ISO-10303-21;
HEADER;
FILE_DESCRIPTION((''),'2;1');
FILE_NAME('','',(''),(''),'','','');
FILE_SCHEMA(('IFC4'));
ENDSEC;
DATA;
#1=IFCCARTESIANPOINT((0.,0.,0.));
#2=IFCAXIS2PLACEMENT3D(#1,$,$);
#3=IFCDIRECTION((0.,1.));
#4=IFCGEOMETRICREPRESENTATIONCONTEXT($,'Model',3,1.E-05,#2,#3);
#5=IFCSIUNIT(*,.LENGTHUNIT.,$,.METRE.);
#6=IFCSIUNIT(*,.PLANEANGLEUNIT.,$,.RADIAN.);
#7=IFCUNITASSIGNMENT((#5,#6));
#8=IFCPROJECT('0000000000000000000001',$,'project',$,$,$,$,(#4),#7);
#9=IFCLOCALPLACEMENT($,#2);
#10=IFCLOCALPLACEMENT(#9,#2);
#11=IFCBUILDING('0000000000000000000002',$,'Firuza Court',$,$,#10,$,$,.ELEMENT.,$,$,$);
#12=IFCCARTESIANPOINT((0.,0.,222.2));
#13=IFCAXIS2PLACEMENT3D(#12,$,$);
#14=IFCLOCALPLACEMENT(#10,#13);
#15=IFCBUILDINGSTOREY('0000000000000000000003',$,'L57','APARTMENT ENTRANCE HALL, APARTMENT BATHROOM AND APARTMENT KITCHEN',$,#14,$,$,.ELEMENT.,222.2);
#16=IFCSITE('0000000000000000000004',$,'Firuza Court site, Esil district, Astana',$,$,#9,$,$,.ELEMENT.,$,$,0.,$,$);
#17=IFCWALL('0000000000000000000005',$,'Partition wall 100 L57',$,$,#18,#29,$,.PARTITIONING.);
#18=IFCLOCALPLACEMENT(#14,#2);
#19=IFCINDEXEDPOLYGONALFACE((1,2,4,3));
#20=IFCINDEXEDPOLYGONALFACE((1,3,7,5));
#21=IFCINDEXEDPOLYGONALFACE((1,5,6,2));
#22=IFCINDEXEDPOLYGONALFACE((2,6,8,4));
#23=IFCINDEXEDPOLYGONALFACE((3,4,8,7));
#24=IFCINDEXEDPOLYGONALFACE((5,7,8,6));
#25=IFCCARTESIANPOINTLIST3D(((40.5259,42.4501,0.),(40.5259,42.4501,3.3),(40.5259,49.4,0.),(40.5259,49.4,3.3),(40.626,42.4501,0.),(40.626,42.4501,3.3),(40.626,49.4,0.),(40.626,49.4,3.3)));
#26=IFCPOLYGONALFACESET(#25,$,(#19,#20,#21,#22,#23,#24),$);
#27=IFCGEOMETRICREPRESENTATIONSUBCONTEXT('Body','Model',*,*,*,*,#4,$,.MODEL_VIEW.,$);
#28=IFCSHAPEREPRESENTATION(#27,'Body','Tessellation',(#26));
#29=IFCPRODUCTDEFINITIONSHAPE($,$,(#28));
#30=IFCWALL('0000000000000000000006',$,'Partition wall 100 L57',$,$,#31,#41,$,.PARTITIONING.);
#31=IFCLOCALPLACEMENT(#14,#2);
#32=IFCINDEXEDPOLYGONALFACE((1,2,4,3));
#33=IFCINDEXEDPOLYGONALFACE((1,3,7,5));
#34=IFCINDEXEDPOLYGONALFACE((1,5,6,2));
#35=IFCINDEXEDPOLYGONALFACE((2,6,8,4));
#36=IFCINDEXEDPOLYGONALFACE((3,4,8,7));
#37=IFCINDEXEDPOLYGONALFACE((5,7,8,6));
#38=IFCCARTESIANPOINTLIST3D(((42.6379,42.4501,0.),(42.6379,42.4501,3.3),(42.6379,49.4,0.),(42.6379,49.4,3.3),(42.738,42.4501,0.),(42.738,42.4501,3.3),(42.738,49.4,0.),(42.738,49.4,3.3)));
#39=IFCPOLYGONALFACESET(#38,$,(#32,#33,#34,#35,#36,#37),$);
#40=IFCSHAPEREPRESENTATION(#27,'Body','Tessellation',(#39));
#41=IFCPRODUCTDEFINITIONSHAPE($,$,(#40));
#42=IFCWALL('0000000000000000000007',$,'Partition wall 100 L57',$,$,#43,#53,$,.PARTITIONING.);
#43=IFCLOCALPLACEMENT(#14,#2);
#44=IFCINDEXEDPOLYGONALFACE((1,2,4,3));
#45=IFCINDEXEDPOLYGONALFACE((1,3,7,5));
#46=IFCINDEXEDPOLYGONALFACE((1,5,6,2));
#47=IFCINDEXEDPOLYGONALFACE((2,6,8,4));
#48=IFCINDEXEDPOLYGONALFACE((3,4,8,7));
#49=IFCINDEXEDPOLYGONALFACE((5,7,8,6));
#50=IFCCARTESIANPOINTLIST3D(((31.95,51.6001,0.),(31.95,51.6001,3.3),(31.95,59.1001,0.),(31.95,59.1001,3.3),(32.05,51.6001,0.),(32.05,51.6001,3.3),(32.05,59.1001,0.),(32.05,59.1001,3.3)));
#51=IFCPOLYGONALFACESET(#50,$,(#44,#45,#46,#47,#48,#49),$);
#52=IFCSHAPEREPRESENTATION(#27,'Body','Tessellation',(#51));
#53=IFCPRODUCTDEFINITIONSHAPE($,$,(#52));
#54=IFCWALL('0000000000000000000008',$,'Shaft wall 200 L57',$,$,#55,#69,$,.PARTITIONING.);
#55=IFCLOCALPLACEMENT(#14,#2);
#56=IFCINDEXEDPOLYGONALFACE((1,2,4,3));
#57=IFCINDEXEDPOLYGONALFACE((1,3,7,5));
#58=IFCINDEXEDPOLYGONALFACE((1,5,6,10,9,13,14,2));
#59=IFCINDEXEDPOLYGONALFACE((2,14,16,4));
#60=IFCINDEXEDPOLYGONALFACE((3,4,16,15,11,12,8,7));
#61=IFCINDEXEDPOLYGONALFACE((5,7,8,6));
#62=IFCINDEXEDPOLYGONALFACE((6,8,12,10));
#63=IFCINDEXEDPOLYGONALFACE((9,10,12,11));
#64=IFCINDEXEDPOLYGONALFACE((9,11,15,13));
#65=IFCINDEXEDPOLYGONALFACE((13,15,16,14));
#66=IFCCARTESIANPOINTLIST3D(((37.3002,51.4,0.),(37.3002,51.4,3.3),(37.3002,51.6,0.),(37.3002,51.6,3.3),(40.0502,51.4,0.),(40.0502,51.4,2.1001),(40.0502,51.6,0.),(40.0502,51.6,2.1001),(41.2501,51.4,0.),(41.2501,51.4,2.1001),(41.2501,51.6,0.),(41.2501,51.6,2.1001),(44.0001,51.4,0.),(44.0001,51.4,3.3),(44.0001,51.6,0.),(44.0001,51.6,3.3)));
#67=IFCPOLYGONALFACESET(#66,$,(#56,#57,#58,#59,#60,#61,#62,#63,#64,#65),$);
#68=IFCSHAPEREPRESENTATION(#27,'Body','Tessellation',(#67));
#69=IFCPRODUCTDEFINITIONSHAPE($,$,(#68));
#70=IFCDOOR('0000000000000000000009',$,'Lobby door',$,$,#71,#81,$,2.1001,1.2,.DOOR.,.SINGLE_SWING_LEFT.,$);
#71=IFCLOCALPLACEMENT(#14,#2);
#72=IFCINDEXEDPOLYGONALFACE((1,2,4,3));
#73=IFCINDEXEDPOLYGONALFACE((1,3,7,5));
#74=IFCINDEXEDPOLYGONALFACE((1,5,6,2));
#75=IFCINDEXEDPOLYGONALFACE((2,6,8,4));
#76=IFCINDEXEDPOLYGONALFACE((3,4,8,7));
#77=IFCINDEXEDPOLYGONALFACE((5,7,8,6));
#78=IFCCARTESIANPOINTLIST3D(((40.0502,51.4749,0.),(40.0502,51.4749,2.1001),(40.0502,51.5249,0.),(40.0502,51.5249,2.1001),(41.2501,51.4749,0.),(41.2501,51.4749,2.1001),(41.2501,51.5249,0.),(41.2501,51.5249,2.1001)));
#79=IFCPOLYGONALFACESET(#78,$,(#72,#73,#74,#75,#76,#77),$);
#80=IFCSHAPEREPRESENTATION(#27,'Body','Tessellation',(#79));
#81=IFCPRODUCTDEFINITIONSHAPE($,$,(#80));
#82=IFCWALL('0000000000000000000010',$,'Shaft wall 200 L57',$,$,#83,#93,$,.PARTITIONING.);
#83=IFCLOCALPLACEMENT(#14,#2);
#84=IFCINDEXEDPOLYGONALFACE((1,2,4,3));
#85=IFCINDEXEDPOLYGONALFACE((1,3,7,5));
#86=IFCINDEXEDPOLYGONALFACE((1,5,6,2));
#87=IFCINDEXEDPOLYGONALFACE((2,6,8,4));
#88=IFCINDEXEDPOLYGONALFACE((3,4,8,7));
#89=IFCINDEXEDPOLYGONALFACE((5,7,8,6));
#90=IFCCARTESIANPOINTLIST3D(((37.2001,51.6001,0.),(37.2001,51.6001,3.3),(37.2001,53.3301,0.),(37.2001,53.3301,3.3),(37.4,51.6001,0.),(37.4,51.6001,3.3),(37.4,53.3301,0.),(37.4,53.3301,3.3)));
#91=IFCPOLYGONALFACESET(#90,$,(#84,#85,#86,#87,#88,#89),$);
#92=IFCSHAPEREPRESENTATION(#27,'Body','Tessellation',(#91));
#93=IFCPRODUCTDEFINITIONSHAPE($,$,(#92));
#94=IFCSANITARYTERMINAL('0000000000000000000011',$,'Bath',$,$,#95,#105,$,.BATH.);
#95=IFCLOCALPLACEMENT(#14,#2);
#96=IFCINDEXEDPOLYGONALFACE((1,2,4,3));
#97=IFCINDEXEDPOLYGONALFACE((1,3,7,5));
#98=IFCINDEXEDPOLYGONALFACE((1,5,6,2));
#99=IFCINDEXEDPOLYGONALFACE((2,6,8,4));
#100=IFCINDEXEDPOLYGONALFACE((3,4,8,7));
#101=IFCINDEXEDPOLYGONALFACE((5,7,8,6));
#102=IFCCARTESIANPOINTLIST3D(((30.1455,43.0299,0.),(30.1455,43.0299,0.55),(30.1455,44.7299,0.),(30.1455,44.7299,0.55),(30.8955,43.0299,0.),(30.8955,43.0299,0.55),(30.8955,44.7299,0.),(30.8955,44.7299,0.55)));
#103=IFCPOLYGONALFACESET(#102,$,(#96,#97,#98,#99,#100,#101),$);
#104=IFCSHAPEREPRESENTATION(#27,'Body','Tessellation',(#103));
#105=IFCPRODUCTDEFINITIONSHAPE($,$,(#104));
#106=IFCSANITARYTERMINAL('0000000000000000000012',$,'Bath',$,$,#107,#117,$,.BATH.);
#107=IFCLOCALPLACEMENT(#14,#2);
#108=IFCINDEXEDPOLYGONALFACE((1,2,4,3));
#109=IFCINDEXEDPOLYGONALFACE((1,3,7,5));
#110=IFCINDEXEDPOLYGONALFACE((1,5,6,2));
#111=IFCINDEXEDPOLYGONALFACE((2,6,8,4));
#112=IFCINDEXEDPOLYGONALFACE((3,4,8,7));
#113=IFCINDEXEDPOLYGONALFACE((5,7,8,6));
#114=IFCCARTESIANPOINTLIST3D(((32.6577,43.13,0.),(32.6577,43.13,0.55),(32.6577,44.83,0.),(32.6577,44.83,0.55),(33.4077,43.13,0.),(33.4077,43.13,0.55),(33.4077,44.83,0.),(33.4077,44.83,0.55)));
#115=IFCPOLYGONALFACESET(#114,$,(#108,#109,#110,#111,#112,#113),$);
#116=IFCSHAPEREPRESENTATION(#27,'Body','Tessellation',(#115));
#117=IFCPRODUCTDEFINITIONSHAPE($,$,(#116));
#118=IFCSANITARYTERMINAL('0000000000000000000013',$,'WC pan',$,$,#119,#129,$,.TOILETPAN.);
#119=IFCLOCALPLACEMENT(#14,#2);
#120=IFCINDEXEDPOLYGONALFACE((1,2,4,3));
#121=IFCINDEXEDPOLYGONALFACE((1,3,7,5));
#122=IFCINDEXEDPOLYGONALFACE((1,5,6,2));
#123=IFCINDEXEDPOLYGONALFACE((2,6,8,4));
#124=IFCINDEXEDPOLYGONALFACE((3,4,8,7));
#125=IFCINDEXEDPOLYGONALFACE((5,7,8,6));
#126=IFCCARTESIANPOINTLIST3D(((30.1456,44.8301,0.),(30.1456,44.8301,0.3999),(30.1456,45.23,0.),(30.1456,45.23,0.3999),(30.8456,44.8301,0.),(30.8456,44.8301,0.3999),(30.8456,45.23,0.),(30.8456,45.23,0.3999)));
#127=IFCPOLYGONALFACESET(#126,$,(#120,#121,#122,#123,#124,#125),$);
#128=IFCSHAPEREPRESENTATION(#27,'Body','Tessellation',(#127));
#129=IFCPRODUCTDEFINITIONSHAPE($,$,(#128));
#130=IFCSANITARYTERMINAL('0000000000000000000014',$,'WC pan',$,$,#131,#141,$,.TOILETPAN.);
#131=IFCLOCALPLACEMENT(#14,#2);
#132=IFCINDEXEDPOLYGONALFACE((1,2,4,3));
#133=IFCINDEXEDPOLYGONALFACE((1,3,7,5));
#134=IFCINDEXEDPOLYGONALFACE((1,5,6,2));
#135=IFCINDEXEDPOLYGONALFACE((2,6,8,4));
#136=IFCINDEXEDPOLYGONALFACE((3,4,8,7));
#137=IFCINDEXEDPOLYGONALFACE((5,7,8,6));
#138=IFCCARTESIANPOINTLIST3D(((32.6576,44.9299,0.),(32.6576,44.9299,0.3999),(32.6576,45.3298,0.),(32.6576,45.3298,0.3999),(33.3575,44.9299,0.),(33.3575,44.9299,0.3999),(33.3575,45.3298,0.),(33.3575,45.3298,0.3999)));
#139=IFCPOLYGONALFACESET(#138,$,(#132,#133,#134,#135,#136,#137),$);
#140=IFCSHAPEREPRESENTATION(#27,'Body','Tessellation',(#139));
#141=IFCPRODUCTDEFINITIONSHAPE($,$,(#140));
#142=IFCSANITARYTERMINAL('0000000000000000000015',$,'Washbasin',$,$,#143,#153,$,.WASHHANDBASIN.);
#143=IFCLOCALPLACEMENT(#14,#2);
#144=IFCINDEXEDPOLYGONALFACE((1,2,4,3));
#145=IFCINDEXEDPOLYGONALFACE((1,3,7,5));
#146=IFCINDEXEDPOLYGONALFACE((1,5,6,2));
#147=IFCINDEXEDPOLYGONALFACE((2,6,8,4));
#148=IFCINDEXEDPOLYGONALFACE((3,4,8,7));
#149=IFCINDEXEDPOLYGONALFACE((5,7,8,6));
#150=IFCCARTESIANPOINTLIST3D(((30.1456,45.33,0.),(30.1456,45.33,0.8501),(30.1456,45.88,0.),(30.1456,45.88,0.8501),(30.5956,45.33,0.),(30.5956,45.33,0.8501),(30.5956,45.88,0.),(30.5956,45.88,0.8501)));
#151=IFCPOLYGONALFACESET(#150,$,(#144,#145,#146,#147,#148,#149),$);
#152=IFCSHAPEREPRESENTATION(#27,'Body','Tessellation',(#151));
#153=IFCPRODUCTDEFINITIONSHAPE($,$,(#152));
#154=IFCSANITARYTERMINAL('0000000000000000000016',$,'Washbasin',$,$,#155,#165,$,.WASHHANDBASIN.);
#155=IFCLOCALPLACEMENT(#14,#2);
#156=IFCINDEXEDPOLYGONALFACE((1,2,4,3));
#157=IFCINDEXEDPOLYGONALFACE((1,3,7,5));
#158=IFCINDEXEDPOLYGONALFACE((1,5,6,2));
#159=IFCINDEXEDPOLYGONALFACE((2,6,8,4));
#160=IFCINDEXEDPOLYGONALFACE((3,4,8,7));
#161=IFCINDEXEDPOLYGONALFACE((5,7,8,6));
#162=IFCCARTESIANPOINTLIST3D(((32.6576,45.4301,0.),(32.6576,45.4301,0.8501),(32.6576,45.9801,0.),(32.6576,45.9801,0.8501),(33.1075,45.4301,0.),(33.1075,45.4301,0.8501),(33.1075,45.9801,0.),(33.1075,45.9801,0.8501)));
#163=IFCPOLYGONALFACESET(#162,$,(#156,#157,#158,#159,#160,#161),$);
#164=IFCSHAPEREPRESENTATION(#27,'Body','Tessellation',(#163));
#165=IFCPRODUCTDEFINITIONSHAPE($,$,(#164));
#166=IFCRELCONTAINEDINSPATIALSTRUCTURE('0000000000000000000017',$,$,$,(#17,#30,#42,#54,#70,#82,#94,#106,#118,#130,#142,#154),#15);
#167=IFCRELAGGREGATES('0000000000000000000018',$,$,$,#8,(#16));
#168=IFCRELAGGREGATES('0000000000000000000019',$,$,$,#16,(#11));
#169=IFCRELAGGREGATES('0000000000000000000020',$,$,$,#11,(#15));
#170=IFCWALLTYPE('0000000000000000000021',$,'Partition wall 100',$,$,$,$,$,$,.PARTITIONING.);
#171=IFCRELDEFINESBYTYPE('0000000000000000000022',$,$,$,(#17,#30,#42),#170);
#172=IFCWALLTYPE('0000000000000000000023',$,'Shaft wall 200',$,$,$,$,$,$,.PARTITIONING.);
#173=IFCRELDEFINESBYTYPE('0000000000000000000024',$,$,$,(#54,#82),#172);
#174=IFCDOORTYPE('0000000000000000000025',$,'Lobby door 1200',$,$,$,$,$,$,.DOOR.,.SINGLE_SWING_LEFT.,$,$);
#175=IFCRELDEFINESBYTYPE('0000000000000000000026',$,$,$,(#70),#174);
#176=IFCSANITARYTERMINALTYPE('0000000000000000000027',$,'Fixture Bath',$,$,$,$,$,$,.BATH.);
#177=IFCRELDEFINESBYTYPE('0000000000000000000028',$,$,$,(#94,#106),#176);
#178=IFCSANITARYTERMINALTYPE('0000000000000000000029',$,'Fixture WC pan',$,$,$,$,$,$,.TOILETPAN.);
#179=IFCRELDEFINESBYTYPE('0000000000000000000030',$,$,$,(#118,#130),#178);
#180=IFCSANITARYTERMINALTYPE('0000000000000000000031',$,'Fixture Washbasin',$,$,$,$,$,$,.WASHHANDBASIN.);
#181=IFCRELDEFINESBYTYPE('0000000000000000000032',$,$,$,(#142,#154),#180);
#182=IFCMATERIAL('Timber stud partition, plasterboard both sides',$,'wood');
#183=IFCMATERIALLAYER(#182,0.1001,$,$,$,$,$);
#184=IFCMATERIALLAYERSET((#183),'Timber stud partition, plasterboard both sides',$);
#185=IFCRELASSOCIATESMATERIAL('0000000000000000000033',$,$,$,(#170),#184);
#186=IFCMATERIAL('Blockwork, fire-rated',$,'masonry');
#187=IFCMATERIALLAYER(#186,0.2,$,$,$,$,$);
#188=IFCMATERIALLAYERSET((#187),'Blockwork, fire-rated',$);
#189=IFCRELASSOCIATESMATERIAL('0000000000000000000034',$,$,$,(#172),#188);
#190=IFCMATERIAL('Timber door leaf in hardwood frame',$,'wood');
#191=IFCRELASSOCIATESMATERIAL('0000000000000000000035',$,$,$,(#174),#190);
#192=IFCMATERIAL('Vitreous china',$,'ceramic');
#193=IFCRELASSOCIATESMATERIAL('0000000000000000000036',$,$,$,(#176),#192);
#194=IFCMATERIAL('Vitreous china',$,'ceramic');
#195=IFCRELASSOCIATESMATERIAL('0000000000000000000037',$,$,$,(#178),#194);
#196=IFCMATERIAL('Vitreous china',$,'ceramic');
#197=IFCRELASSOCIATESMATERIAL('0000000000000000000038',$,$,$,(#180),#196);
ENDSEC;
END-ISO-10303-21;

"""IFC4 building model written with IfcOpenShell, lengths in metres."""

from ifc_helpers import new_model, si_unit, direction, frame, frame_2d, origin, origin_2d, place, context, subcontext, project, spatial, rectangle, extrude, material, layer, layer_set, type_object, element, fill, save


model = new_model("IFC4")

# Units and contexts
model_context = context("Model", 3, precision=1e-05, world=origin(), true_north=direction((0.0, 1.0)))
body_context = subcontext(model_context, "Body", "Model", "MODEL_VIEW")
ifc_project = project(units=[si_unit("LENGTHUNIT", "METRE"), si_unit("PLANEANGLEUNIT", "RADIAN")], contexts=[model_context])

# Site, building, storey
site_placement = place(None, origin())
site = spatial("IfcSite", under=ifc_project, at=site_placement, Name="Firuza Court site, Esil district, Astana", CompositionType="ELEMENT", RefElevation=0.0)
building_placement = place(site_placement, origin())
building = spatial("IfcBuilding", under=site, at=building_placement, Name="Firuza Court", CompositionType="ELEMENT")
storey_placement = place(building_placement, frame((0.0, 0.0, 222.2)))
storey = spatial("IfcBuildingStorey", under=building, at=storey_placement, Name="L57", Description="APARTMENT ENTRANCE HALL, APARTMENT BATHROOM AND APARTMENT KITCHEN", CompositionType="ELEMENT", Elevation=222.2)

# Shared definitions
ifc_material_1 = material(Name="Timber stud partition, plasterboard both sides", Category="wood")
ifc_layer_1 = layer(ifc_material_1, 0.1001)
ifc_layer_set_1 = layer_set([ifc_layer_1], Name="Timber stud partition, plasterboard both sides")
wall_type_1 = type_object("IfcWallType", Name="Partition wall 100", PredefinedType="PARTITIONING", material=ifc_layer_set_1)

# Walls
for number, where, z_axis, x_axis, name in (
    (1, (40.5759, 42.45, 0.0), (0.0, 0.0, 1.0), (0.0, 1.0, 0.0), "Partition wall 100 L57"),
    (2, (42.688, 42.45, 0.0), (0.0, 0.0, 1.0), (0.0, 1.0, 0.0), "Partition wall 100 L57"),
):
    element("IfcWall", number, at=place(storey_placement, frame(where, z_axis=z_axis, x_axis=x_axis)), inside=storey, type_object=wall_type_1, Name=name, PredefinedType="PARTITIONING", context=body_context, shape_type="SweptSolid", body=[
        extrude(rectangle(XDim=6.95, YDim=0.1001, at=frame_2d((3.4751, 0.0))), origin(), (0.0, 0.0, 1.0), 3.3),
    ])
wall_1_placement = place(storey_placement, frame((32.0, 51.6001, 0.0), z_axis=(0.0, 0.0, 1.0), x_axis=(0.0, 1.0, 0.0)))
element("IfcWall", 3, at=wall_1_placement, inside=storey, type_object=wall_type_1, Name="Partition wall 100 L57", PredefinedType="PARTITIONING", context=body_context, shape_type="SweptSolid", body=[
    extrude(rectangle(XDim=7.5, YDim=0.1001, at=frame_2d((3.75, 0.0))), origin(), (0.0, 0.0, 1.0), 3.3),
])

# Wall, opening, door
ifc_material_2 = material(Name="Blockwork, fire-rated", Category="masonry")
ifc_layer_2 = layer(ifc_material_2, 0.2)
ifc_layer_set_2 = layer_set([ifc_layer_2], Name="Blockwork, fire-rated")
wall_type_2 = type_object("IfcWallType", Name="Shaft wall 200", PredefinedType="PARTITIONING", material=ifc_layer_set_2)
wall_2_placement = place(storey_placement, frame((37.3, 51.5, 0.0), z_axis=(0.0, 0.0, 1.0), x_axis=(1.0, 0.0, 0.0)))
wall_2 = element("IfcWall", 4, at=wall_2_placement, inside=storey, type_object=wall_type_2, Name="Shaft wall 200 L57", PredefinedType="PARTITIONING", context=body_context, shape_type="SweptSolid", body=[
    extrude(rectangle(XDim=6.7, YDim=0.2, at=frame_2d((3.3501, 0.0))), origin(), (0.0, 0.0, 1.0), 3.3),
])
opening_1_placement = place(wall_2_placement, frame((2.75, 0.0, 0.0)))
opening_1 = element("IfcOpeningElement", 5, at=opening_1_placement, cuts=wall_2, PredefinedType="OPENING", context=body_context, shape_type="SweptSolid", body=[
    extrude(rectangle(XDim=1.2, YDim=2.1001, at=frame_2d((0.6001, 1.05))), frame((0.0, 0.1118, 0.0), z_axis=(0.0, -1.0, 0.0), x_axis=(1.0, 0.0, 0.0)), (0.0, 0.0, 1.0), 0.2239),
])
ifc_material_3 = material(Name="Timber door leaf in hardwood frame", Category="wood")
door_type_1 = type_object("IfcDoorType", Name="Lobby door 1200", OperationType="SINGLE_SWING_LEFT", PredefinedType="DOOR", material=ifc_material_3)
door_1_placement = place(opening_1_placement, origin())
door_1 = element("IfcDoor", 6, at=door_1_placement, inside=storey, type_object=door_type_1, Name="Lobby door", OperationType="SINGLE_SWING_LEFT", OverallHeight=2.1001, OverallWidth=1.2, PredefinedType="DOOR", context=body_context, shape_type="SweptSolid", body=[
    extrude(rectangle(XDim=1.2, YDim=2.1001, at=frame_2d((0.6001, 1.05))), frame((0.0, 0.0249, 0.0), z_axis=(0.0, -1.0, 0.0), x_axis=(1.0, 0.0, 0.0)), (0.0, 0.0, 1.0), 0.05),
])
fill(opening_1, door_1)

# Wall
wall_3_placement = place(storey_placement, frame((37.3, 51.6001, 0.0), z_axis=(0.0, 0.0, 1.0), x_axis=(0.0, 1.0, 0.0)))
element("IfcWall", 7, at=wall_3_placement, inside=storey, type_object=wall_type_2, Name="Shaft wall 200 L57", PredefinedType="PARTITIONING", context=body_context, shape_type="SweptSolid", body=[
    extrude(rectangle(XDim=1.73, YDim=0.2, at=frame_2d((0.865, 0.0))), origin(), (0.0, 0.0, 1.0), 3.3),
])

# Sanitary terminals
ifc_material_4 = material(Name="Vitreous china", Category="ceramic")
sanitary_terminal_type_1 = type_object("IfcSanitaryTerminalType", Name="Fixture Bath", PredefinedType="BATH", material=ifc_material_4)
for number, where, z_axis, x_axis, name in (
    (8, (30.5205, 43.8799, 0.0), (0.0, 0.0, 1.0), (1.0, 0.0, 0.0), "Bath"),
    (9, (33.0327, 43.98, 0.0), (0.0, 0.0, 1.0), (1.0, 0.0, 0.0), "Bath"),
):
    element("IfcSanitaryTerminal", number, at=place(storey_placement, frame(where, z_axis=z_axis, x_axis=x_axis)), inside=storey, type_object=sanitary_terminal_type_1, Name=name, PredefinedType="BATH", context=body_context, shape_type="SweptSolid", body=[
        extrude(rectangle(XDim=0.75, YDim=1.7, at=origin_2d()), origin(), (0.0, 0.0, 1.0), 0.55),
    ])
ifc_material_5 = material(Name="Vitreous china", Category="ceramic")
sanitary_terminal_type_2 = type_object("IfcSanitaryTerminalType", Name="Fixture WC pan", PredefinedType="TOILETPAN", material=ifc_material_5)
for number, where, z_axis, x_axis, name in (
    (10, (30.4956, 45.03, 0.0), (0.0, 0.0, 1.0), (1.0, 0.0, 0.0), "WC pan"),
    (11, (33.0076, 45.1299, 0.0), (0.0, 0.0, 1.0), (1.0, 0.0, 0.0), "WC pan"),
):
    element("IfcSanitaryTerminal", number, at=place(storey_placement, frame(where, z_axis=z_axis, x_axis=x_axis)), inside=storey, type_object=sanitary_terminal_type_2, Name=name, PredefinedType="TOILETPAN", context=body_context, shape_type="SweptSolid", body=[
        extrude(rectangle(XDim=0.7, YDim=0.3999, at=origin_2d()), origin(), (0.0, 0.0, 1.0), 0.3999),
    ])
ifc_material_6 = material(Name="Vitreous china", Category="ceramic")
sanitary_terminal_type_3 = type_object("IfcSanitaryTerminalType", Name="Fixture Washbasin", PredefinedType="WASHHANDBASIN", material=ifc_material_6)
for number, where, z_axis, x_axis, name in (
    (12, (30.3706, 45.605, 0.0), (0.0, 0.0, 1.0), (1.0, 0.0, 0.0), "Washbasin"),
    (13, (32.8826, 45.7051, 0.0), (0.0, 0.0, 1.0), (1.0, 0.0, 0.0), "Washbasin"),
):
    element("IfcSanitaryTerminal", number, at=place(storey_placement, frame(where, z_axis=z_axis, x_axis=x_axis)), inside=storey, type_object=sanitary_terminal_type_3, Name=name, PredefinedType="WASHHANDBASIN", context=body_context, shape_type="SweptSolid", body=[
        extrude(rectangle(XDim=0.45, YDim=0.55, at=origin_2d()), origin(), (0.0, 0.0, 1.0), 0.8501),
    ])

save(model, "model.ifc")
